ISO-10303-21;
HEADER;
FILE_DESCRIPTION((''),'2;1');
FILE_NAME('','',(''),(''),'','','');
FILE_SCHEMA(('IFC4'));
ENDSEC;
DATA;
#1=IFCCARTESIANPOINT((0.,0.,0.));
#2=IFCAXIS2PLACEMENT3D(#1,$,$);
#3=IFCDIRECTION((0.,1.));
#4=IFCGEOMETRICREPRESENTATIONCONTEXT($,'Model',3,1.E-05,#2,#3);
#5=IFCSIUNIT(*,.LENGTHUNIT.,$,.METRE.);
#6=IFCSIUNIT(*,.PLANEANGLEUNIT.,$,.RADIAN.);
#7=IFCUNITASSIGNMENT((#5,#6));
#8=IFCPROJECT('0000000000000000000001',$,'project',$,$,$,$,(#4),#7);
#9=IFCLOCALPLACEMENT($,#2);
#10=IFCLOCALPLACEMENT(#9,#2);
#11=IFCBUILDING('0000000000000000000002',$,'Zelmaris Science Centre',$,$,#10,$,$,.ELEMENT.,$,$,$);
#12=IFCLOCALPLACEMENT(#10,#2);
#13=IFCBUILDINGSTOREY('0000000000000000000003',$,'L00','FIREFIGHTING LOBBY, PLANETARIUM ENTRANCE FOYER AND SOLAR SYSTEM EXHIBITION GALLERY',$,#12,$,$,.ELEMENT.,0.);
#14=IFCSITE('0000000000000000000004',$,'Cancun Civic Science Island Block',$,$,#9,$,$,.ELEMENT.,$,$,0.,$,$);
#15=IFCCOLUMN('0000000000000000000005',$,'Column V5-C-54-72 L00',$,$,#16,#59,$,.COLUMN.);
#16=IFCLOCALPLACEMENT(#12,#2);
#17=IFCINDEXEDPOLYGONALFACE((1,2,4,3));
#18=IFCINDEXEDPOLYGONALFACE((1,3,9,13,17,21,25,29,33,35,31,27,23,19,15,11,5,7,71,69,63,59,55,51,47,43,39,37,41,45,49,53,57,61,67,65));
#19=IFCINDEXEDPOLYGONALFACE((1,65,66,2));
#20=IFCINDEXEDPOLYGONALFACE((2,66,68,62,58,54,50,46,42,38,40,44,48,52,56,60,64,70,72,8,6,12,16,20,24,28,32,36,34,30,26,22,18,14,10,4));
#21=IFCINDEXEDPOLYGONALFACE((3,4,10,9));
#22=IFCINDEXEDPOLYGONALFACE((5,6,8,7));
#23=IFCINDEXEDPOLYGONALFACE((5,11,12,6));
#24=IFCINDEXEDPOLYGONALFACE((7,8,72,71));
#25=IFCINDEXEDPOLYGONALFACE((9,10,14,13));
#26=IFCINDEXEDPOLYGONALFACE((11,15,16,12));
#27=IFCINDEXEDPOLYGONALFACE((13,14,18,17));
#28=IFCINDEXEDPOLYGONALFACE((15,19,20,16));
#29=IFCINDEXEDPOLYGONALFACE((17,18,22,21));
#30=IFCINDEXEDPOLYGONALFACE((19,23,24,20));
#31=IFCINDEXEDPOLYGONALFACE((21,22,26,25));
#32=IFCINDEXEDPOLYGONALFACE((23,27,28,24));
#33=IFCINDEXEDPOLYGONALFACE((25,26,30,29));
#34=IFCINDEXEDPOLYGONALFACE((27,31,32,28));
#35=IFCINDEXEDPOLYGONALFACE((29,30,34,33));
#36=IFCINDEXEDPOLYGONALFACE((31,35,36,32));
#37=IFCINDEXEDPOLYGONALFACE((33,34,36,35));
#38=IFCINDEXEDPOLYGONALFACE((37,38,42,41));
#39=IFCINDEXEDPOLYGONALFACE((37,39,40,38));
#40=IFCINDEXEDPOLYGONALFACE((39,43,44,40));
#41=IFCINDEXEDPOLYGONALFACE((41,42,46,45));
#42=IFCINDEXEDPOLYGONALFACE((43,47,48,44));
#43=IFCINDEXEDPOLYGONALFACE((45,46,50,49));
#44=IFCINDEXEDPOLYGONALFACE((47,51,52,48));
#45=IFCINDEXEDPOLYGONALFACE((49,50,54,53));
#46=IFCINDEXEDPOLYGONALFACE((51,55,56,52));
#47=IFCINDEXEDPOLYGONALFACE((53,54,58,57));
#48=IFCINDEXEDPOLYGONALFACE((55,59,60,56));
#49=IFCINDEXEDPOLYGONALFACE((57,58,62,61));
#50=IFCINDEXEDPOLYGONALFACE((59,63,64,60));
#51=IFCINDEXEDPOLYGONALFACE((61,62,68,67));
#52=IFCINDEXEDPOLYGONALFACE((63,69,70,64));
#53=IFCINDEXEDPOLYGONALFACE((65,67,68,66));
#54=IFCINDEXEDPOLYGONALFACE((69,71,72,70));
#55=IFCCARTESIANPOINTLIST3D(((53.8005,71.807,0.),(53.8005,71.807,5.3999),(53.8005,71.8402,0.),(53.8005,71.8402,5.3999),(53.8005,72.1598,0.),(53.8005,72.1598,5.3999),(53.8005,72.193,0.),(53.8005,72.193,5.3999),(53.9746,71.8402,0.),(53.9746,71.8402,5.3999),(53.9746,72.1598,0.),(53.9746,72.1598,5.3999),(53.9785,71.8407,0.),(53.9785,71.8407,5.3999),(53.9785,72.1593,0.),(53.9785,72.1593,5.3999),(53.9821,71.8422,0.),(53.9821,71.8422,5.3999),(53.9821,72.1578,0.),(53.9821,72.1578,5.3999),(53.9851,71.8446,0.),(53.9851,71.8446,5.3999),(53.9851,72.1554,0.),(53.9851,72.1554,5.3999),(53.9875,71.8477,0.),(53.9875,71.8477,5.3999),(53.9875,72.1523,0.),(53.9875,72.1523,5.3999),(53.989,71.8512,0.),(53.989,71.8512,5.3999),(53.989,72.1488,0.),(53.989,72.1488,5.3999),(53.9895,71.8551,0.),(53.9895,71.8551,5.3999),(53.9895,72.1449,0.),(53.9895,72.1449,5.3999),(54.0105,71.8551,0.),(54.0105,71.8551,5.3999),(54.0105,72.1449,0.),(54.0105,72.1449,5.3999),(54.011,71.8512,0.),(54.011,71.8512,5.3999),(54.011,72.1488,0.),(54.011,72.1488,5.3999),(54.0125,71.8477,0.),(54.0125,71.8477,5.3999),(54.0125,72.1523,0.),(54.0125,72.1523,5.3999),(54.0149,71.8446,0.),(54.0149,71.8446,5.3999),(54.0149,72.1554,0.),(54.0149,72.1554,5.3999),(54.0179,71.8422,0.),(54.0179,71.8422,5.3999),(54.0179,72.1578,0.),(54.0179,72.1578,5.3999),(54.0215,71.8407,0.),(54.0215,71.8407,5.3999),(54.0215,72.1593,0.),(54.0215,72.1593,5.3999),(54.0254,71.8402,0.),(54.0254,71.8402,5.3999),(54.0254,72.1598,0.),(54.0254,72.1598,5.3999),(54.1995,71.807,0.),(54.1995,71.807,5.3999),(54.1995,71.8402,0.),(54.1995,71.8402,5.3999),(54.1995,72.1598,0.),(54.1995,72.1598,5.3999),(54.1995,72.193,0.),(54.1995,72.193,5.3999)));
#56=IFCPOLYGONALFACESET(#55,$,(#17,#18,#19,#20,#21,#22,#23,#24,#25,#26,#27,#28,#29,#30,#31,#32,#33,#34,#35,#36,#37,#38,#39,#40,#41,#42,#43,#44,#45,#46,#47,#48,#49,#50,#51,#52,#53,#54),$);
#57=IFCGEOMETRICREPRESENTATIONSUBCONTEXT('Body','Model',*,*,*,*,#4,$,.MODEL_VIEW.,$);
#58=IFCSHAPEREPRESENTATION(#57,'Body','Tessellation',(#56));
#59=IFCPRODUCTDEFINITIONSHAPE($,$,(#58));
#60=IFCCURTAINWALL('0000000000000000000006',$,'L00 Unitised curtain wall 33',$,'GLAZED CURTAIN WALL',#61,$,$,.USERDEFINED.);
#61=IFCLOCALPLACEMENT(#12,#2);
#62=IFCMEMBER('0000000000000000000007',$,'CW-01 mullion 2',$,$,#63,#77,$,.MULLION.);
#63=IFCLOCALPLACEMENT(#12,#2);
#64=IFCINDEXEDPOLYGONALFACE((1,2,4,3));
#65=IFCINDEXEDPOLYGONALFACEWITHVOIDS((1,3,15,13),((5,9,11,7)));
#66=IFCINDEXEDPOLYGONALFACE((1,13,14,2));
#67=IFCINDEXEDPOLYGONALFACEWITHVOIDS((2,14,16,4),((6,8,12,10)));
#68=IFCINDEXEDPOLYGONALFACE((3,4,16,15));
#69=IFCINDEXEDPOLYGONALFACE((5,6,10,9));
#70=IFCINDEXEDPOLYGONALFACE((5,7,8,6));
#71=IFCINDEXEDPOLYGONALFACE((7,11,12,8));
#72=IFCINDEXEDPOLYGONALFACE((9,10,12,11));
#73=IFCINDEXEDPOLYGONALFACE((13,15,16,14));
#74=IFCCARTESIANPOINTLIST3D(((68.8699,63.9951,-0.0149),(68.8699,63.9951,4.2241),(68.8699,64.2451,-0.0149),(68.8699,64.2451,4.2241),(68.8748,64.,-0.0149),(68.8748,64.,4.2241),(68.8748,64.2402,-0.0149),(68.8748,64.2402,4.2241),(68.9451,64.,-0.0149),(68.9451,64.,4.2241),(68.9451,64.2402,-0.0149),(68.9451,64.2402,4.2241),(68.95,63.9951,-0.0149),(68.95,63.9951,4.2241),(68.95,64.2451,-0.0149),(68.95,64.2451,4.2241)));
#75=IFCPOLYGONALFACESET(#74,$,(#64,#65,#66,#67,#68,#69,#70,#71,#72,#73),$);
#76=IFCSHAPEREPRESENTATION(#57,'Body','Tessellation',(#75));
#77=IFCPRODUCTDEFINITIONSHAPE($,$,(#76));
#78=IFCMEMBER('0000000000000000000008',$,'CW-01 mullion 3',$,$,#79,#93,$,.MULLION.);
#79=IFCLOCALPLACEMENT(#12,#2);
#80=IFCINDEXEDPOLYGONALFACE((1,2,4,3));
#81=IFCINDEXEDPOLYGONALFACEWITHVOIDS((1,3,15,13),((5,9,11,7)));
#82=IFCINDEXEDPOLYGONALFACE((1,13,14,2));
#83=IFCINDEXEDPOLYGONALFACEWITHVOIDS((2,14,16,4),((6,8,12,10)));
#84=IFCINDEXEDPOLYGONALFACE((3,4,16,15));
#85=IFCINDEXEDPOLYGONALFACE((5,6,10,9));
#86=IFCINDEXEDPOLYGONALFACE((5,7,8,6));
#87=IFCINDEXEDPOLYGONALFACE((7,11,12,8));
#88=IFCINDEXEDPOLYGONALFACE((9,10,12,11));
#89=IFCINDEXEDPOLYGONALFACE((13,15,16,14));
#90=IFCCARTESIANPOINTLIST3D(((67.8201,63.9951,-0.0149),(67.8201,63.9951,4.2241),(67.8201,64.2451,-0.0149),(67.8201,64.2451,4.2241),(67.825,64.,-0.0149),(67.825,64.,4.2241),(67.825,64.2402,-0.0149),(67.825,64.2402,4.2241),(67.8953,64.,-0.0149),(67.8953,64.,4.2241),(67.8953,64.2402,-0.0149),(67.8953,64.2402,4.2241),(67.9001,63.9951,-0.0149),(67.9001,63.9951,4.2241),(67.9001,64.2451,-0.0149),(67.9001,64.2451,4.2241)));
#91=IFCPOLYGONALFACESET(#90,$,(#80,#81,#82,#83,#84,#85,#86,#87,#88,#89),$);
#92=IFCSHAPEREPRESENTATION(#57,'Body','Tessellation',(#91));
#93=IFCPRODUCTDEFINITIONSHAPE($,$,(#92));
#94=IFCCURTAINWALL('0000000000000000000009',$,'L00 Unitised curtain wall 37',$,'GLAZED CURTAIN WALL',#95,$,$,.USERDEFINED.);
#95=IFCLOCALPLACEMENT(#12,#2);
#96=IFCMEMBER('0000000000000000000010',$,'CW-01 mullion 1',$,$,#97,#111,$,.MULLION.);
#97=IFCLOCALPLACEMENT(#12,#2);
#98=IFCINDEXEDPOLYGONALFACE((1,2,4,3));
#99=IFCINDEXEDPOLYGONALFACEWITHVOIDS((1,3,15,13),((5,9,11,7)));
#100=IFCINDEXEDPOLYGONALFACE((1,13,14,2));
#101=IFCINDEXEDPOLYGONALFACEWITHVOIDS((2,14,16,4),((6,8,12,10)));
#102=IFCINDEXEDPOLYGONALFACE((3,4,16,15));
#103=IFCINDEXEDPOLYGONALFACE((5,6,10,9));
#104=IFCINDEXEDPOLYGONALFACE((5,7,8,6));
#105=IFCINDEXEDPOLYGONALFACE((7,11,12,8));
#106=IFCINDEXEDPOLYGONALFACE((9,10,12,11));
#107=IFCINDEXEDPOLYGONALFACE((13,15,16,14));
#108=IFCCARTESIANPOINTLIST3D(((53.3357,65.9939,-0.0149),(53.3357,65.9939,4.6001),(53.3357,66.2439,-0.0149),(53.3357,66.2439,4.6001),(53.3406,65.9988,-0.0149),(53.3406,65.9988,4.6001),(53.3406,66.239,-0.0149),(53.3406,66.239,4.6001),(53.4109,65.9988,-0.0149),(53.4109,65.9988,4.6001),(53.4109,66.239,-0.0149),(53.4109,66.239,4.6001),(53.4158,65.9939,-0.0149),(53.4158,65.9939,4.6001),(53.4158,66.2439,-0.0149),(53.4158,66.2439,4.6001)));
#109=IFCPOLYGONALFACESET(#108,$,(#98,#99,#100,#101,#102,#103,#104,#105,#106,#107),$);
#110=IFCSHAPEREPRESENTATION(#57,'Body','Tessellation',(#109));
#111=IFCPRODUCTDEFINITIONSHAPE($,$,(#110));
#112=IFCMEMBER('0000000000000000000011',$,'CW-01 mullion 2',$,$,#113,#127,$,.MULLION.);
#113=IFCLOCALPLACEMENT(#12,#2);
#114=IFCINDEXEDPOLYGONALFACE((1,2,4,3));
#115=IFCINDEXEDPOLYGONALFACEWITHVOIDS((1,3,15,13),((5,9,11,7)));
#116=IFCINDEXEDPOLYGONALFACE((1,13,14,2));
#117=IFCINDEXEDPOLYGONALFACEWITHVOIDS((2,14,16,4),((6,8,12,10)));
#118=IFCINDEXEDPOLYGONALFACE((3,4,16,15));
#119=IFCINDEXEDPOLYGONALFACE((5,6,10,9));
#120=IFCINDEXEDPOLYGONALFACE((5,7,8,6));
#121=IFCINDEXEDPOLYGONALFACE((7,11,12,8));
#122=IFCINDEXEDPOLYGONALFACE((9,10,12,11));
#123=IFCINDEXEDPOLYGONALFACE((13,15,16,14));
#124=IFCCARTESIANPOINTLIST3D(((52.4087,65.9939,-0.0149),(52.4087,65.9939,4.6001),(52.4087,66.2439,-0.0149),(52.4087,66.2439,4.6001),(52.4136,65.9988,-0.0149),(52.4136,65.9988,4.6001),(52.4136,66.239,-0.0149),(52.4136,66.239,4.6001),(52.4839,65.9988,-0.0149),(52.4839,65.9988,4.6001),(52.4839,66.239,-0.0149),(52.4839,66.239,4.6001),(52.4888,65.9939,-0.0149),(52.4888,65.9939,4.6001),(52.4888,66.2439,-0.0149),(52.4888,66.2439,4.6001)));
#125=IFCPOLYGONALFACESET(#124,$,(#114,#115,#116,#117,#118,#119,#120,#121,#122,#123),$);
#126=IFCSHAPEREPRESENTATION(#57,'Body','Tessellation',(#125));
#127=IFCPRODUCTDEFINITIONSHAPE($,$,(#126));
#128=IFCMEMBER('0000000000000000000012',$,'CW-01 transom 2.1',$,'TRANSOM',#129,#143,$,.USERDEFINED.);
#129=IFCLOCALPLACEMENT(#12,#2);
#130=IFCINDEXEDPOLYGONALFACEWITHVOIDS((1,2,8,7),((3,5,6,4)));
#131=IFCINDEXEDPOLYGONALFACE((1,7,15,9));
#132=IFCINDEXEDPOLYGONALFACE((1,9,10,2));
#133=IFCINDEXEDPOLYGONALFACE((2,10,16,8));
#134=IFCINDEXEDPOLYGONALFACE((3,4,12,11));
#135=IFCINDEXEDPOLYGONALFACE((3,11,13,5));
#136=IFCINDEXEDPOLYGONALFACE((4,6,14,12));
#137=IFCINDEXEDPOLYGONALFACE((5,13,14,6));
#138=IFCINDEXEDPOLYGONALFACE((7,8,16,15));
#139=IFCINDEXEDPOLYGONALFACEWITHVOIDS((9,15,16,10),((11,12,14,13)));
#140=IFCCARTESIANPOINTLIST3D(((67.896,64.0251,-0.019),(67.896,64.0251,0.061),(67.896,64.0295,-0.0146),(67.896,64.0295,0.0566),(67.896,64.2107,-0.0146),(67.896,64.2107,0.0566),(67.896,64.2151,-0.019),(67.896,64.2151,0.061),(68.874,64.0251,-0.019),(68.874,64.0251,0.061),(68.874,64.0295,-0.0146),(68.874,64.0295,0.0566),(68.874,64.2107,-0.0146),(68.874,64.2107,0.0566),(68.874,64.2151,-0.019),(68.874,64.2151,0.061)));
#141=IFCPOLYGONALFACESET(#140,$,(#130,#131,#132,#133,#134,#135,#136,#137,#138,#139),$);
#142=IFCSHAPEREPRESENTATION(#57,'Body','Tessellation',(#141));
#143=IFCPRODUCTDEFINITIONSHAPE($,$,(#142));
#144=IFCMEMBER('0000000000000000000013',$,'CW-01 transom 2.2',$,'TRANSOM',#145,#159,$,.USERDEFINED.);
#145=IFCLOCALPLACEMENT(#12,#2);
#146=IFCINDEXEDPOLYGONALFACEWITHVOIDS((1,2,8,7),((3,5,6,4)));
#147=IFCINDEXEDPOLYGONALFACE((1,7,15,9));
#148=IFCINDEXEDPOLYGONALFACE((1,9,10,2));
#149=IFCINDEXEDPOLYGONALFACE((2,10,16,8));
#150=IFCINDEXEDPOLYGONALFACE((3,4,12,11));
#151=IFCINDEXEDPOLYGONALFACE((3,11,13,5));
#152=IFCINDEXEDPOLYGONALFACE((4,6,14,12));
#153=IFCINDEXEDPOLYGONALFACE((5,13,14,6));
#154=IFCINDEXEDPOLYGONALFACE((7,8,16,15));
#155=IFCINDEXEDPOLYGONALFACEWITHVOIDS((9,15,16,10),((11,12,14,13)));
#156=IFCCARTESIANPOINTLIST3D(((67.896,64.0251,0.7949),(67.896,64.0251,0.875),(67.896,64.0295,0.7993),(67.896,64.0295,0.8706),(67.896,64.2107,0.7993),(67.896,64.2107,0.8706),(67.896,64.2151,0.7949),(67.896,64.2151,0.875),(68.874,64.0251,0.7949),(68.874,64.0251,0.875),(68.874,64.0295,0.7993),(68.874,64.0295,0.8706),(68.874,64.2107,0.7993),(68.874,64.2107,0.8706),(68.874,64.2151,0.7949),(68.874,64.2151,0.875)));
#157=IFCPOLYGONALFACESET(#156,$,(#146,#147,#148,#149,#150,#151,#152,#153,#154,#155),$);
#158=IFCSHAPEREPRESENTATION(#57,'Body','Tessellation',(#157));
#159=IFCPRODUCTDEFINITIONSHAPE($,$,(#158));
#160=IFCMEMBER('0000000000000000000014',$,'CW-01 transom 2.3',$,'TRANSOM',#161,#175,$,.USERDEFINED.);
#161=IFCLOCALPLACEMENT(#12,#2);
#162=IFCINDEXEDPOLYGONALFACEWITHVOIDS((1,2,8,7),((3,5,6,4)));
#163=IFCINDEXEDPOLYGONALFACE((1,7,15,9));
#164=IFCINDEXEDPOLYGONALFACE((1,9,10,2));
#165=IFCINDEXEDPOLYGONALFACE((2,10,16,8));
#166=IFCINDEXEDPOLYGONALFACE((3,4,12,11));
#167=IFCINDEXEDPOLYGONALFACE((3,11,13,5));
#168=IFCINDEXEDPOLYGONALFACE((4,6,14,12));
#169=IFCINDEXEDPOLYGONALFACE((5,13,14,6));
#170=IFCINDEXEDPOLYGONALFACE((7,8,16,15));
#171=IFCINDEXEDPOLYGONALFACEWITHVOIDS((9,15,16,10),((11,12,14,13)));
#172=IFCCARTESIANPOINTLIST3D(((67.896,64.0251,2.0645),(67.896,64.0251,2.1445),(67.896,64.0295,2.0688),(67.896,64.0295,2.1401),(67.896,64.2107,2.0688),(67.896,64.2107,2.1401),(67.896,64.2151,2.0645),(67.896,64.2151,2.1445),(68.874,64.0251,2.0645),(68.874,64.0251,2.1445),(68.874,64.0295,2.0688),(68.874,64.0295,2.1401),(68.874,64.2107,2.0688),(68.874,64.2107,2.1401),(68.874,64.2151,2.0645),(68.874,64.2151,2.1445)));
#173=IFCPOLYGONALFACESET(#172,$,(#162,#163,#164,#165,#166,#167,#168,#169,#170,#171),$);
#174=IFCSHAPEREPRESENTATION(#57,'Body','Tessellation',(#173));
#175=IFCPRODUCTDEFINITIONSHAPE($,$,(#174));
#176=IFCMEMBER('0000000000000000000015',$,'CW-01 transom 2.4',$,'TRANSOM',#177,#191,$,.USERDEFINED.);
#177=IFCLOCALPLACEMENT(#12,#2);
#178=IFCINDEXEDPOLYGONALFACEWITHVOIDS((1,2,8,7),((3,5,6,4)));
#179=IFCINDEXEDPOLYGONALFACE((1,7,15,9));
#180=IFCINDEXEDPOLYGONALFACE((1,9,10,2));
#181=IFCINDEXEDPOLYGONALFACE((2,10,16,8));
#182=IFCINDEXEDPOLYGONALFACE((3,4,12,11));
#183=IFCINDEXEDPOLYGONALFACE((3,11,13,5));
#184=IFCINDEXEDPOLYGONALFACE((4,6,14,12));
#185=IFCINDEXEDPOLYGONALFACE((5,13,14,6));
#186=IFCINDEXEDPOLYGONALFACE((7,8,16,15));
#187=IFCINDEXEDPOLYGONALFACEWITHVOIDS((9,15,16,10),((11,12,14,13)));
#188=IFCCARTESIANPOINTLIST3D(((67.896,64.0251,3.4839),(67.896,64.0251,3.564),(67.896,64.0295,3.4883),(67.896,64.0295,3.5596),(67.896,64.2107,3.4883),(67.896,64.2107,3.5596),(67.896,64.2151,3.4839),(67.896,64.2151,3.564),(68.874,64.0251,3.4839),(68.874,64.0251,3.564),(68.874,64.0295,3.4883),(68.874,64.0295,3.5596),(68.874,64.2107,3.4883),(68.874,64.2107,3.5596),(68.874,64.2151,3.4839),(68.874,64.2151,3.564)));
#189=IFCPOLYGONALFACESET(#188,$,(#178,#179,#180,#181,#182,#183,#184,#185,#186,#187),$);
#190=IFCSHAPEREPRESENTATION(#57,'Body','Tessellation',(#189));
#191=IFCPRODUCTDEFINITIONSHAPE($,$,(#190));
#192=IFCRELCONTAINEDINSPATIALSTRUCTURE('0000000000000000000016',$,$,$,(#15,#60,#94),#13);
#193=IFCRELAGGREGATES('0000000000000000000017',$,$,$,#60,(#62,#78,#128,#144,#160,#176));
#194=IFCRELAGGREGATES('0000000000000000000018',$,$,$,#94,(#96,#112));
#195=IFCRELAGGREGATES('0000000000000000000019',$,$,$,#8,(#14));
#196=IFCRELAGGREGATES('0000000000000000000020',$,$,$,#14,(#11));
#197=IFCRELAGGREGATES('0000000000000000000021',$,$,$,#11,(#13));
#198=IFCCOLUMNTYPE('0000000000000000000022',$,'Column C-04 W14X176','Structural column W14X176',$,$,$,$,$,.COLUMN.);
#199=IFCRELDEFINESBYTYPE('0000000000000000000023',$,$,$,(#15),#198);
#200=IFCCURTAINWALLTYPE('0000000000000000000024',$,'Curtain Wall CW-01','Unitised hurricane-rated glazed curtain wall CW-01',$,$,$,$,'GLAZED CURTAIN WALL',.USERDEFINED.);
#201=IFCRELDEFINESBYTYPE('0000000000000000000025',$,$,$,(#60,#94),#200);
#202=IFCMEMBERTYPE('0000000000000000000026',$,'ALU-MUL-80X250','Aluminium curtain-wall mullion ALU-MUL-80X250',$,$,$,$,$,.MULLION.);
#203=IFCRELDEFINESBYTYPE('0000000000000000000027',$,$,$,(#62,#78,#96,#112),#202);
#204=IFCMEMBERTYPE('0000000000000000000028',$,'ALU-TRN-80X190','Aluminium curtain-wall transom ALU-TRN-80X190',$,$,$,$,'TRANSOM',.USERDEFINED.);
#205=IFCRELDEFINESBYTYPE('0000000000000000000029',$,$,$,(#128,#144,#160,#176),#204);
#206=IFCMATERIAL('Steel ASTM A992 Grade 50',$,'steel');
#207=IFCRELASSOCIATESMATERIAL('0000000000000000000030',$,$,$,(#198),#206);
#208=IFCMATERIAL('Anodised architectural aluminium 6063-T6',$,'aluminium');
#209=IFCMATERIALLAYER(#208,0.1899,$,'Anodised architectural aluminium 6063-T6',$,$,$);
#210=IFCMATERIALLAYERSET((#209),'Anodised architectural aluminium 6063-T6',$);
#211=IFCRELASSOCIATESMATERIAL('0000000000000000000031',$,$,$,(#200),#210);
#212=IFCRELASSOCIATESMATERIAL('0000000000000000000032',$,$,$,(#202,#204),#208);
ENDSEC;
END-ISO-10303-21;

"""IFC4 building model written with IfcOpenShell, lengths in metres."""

from ifc_helpers import new_model, si_unit, direction, frame, origin, origin_2d, place, context, subcontext, project, spatial, hollow_rectangle, i_section, extrude, material, layer, layer_set, material_profile, profile_set, type_object, element, aggregate, save


model = new_model("IFC4")

# Units and contexts
model_context = context("Model", 3, precision=1e-05, world=origin(), true_north=direction((0.0, 1.0)))
body_context = subcontext(model_context, "Body", "Model", "MODEL_VIEW")
ifc_project = project(units=[si_unit("LENGTHUNIT", "METRE"), si_unit("PLANEANGLEUNIT", "RADIAN")], contexts=[model_context])

# Site, building, storey
site_placement = place(None, origin())
site = spatial("IfcSite", under=ifc_project, at=site_placement, Name="Cancun Civic Science Island Block", CompositionType="ELEMENT", RefElevation=0.0)
building_placement = place(site_placement, origin())
building = spatial("IfcBuilding", under=site, at=building_placement, Name="Zelmaris Science Centre", CompositionType="ELEMENT")
storey_placement = place(building_placement, origin())
storey = spatial("IfcBuildingStorey", under=building, at=storey_placement, Name="L00", Description="FIREFIGHTING LOBBY, PLANETARIUM ENTRANCE FOYER AND SOLAR SYSTEM EXHIBITION GALLERY", CompositionType="ELEMENT", Elevation=0.0)

# Column
ifc_material_1 = material(Name="Steel ASTM A992 Grade 50", Category="steel")
ifc_material_profile_1 = material_profile(ifc_material_1, i_section(OverallWidth=0.3989, OverallDepth=0.386, WebThickness=0.021, FlangeThickness=0.0332, FilletRadius=0.0149, at=origin_2d()), Name="W14X176")
ifc_profile_set_1 = profile_set([ifc_material_profile_1], Name="Steel ASTM A992 Grade 50")
column_type = type_object("IfcColumnType", Name="Column C-04 W14X176", Description="Structural column W14X176", PredefinedType="COLUMN", material=ifc_profile_set_1)
column_placement = place(storey_placement, frame((54.0, 72.0, 0.0), z_axis=(0.0, 0.0, 1.0), x_axis=(1.0, 0.0, 0.0)))
element("IfcColumn", 1, at=column_placement, inside=storey, type_object=column_type, Name="Column V5-C-54-72 L00", PredefinedType="COLUMN", context=body_context, shape_type="SweptSolid", body=[
    extrude(i_section(OverallWidth=0.3989, OverallDepth=0.386, WebThickness=0.021, FlangeThickness=0.0332, FilletRadius=0.0149, at=origin_2d()), origin(), (0.0, 0.0, 1.0), 5.3999),
])

# Curtain walls, members
ifc_material_2 = material(Name="Anodised architectural aluminium 6063-T6", Category="aluminium")
ifc_layer_1 = layer(ifc_material_2, 0.1899, Name="Anodised architectural aluminium 6063-T6")
ifc_layer_set_1 = layer_set([ifc_layer_1], Name="Anodised architectural aluminium 6063-T6")
curtain_wall_type = type_object("IfcCurtainWallType", Name="Curtain Wall CW-01", Description="Unitised hurricane-rated glazed curtain wall CW-01", ElementType="GLAZED CURTAIN WALL", PredefinedType="USERDEFINED", material=ifc_layer_set_1)
curtain_wall_1_placement = place(storey_placement, origin())
curtain_wall_1 = element("IfcCurtainWall", 2, at=curtain_wall_1_placement, inside=storey, type_object=curtain_wall_type, Name="L00 Unitised curtain wall 33", ObjectType="GLAZED CURTAIN WALL", PredefinedType="USERDEFINED")
ifc_material_profile_2 = material_profile(ifc_material_2, hollow_rectangle(XDim=0.0801, YDim=0.25, WallThickness=0.0049, at=origin_2d()), Name="ALU-MUL-80X250")
ifc_profile_set_2 = profile_set([ifc_material_profile_2], Name="Anodised architectural aluminium 6063-T6")
member_type_1 = type_object("IfcMemberType", Name="ALU-MUL-80X250", Description="Aluminium curtain-wall mullion ALU-MUL-80X250", PredefinedType="MULLION", material=ifc_profile_set_2)
member_1_placement = place(storey_placement, frame((68.9099, 64.1201, -0.0149), z_axis=(0.0, 0.0, 1.0), x_axis=(-1.0, 0.0, 0.0)))
member_1 = element("IfcMember", 3, at=member_1_placement, type_object=member_type_1, Name="CW-01 mullion 2", PredefinedType="MULLION", context=body_context, shape_type="SweptSolid", body=[
    extrude(hollow_rectangle(XDim=0.0801, YDim=0.25, WallThickness=0.0049, at=origin_2d()), origin(), (0.0, 0.0, 1.0), 4.239),
])
member_2_placement = place(storey_placement, frame((67.8601, 64.1201, -0.0149), z_axis=(0.0, 0.0, 1.0), x_axis=(-1.0, 0.0, 0.0)))
member_2 = element("IfcMember", 4, at=member_2_placement, type_object=member_type_1, Name="CW-01 mullion 3", PredefinedType="MULLION", context=body_context, shape_type="SweptSolid", body=[
    extrude(hollow_rectangle(XDim=0.0801, YDim=0.25, WallThickness=0.0049, at=origin_2d()), origin(), (0.0, 0.0, 1.0), 4.239),
])
curtain_wall_2_placement = place(storey_placement, origin())
curtain_wall_2 = element("IfcCurtainWall", 5, at=curtain_wall_2_placement, inside=storey, type_object=curtain_wall_type, Name="L00 Unitised curtain wall 37", ObjectType="GLAZED CURTAIN WALL", PredefinedType="USERDEFINED")
member_3_placement = place(storey_placement, frame((53.3757, 66.1189, -0.0149), z_axis=(0.0, 0.0, 1.0), x_axis=(-1.0, 0.0, 0.0)))
member_3 = element("IfcMember", 6, at=member_3_placement, type_object=member_type_1, Name="CW-01 mullion 1", PredefinedType="MULLION", context=body_context, shape_type="SweptSolid", body=[
    extrude(hollow_rectangle(XDim=0.0801, YDim=0.25, WallThickness=0.0049, at=origin_2d()), origin(), (0.0, 0.0, 1.0), 4.615),
])
member_4_placement = place(storey_placement, frame((52.4487, 66.1189, -0.0149), z_axis=(0.0, 0.0, 1.0), x_axis=(-1.0, 0.0, 0.0)))
member_4 = element("IfcMember", 7, at=member_4_placement, type_object=member_type_1, Name="CW-01 mullion 2", PredefinedType="MULLION", context=body_context, shape_type="SweptSolid", body=[
    extrude(hollow_rectangle(XDim=0.0801, YDim=0.25, WallThickness=0.0049, at=origin_2d()), origin(), (0.0, 0.0, 1.0), 4.615),
])

# Members
ifc_material_profile_3 = material_profile(ifc_material_2, hollow_rectangle(XDim=0.0801, YDim=0.1899, WallThickness=0.0044, at=origin_2d()), Name="ALU-TRN-80X190")
ifc_profile_set_3 = profile_set([ifc_material_profile_3], Name="Anodised architectural aluminium 6063-T6")
member_type_2 = type_object("IfcMemberType", Name="ALU-TRN-80X190", Description="Aluminium curtain-wall transom ALU-TRN-80X190", ElementType="TRANSOM", PredefinedType="USERDEFINED", material=ifc_profile_set_3)
member_5_placement = place(storey_placement, frame((68.874, 64.1201, 0.021), z_axis=(-1.0, 0.0, 0.0), x_axis=(0.0, 0.0, 1.0)))
member_5 = element("IfcMember", 8, at=member_5_placement, type_object=member_type_2, Name="CW-01 transom 2.1", ObjectType="TRANSOM", PredefinedType="USERDEFINED", context=body_context, shape_type="SweptSolid", body=[
    extrude(hollow_rectangle(XDim=0.0801, YDim=0.1899, WallThickness=0.0044, at=origin_2d()), origin(), (0.0, 0.0, 1.0), 0.978),
])
member_6_placement = place(storey_placement, frame((68.874, 64.1201, 0.835), z_axis=(-1.0, 0.0, 0.0), x_axis=(0.0, 0.0, 1.0)))
member_6 = element("IfcMember", 9, at=member_6_placement, type_object=member_type_2, Name="CW-01 transom 2.2", ObjectType="TRANSOM", PredefinedType="USERDEFINED", context=body_context, shape_type="SweptSolid", body=[
    extrude(hollow_rectangle(XDim=0.0801, YDim=0.1899, WallThickness=0.0044, at=origin_2d()), origin(), (0.0, 0.0, 1.0), 0.978),
])
member_7_placement = place(storey_placement, frame((68.874, 64.1201, 2.1045), z_axis=(-1.0, 0.0, 0.0), x_axis=(0.0, 0.0, 1.0)))
member_7 = element("IfcMember", 10, at=member_7_placement, type_object=member_type_2, Name="CW-01 transom 2.3", ObjectType="TRANSOM", PredefinedType="USERDEFINED", context=body_context, shape_type="SweptSolid", body=[
    extrude(hollow_rectangle(XDim=0.0801, YDim=0.1899, WallThickness=0.0044, at=origin_2d()), origin(), (0.0, 0.0, 1.0), 0.978),
])
member_8_placement = place(storey_placement, frame((68.874, 64.1201, 3.5239), z_axis=(-1.0, 0.0, 0.0), x_axis=(0.0, 0.0, 1.0)))
member_8 = element("IfcMember", 11, at=member_8_placement, type_object=member_type_2, Name="CW-01 transom 2.4", ObjectType="TRANSOM", PredefinedType="USERDEFINED", context=body_context, shape_type="SweptSolid", body=[
    extrude(hollow_rectangle(XDim=0.0801, YDim=0.1899, WallThickness=0.0044, at=origin_2d()), origin(), (0.0, 0.0, 1.0), 0.978),
])

aggregate(curtain_wall_1, [member_1, member_2, member_5, member_6, member_7, member_8])
aggregate(curtain_wall_2, [member_3, member_4])

save(model, "model.ifc")
